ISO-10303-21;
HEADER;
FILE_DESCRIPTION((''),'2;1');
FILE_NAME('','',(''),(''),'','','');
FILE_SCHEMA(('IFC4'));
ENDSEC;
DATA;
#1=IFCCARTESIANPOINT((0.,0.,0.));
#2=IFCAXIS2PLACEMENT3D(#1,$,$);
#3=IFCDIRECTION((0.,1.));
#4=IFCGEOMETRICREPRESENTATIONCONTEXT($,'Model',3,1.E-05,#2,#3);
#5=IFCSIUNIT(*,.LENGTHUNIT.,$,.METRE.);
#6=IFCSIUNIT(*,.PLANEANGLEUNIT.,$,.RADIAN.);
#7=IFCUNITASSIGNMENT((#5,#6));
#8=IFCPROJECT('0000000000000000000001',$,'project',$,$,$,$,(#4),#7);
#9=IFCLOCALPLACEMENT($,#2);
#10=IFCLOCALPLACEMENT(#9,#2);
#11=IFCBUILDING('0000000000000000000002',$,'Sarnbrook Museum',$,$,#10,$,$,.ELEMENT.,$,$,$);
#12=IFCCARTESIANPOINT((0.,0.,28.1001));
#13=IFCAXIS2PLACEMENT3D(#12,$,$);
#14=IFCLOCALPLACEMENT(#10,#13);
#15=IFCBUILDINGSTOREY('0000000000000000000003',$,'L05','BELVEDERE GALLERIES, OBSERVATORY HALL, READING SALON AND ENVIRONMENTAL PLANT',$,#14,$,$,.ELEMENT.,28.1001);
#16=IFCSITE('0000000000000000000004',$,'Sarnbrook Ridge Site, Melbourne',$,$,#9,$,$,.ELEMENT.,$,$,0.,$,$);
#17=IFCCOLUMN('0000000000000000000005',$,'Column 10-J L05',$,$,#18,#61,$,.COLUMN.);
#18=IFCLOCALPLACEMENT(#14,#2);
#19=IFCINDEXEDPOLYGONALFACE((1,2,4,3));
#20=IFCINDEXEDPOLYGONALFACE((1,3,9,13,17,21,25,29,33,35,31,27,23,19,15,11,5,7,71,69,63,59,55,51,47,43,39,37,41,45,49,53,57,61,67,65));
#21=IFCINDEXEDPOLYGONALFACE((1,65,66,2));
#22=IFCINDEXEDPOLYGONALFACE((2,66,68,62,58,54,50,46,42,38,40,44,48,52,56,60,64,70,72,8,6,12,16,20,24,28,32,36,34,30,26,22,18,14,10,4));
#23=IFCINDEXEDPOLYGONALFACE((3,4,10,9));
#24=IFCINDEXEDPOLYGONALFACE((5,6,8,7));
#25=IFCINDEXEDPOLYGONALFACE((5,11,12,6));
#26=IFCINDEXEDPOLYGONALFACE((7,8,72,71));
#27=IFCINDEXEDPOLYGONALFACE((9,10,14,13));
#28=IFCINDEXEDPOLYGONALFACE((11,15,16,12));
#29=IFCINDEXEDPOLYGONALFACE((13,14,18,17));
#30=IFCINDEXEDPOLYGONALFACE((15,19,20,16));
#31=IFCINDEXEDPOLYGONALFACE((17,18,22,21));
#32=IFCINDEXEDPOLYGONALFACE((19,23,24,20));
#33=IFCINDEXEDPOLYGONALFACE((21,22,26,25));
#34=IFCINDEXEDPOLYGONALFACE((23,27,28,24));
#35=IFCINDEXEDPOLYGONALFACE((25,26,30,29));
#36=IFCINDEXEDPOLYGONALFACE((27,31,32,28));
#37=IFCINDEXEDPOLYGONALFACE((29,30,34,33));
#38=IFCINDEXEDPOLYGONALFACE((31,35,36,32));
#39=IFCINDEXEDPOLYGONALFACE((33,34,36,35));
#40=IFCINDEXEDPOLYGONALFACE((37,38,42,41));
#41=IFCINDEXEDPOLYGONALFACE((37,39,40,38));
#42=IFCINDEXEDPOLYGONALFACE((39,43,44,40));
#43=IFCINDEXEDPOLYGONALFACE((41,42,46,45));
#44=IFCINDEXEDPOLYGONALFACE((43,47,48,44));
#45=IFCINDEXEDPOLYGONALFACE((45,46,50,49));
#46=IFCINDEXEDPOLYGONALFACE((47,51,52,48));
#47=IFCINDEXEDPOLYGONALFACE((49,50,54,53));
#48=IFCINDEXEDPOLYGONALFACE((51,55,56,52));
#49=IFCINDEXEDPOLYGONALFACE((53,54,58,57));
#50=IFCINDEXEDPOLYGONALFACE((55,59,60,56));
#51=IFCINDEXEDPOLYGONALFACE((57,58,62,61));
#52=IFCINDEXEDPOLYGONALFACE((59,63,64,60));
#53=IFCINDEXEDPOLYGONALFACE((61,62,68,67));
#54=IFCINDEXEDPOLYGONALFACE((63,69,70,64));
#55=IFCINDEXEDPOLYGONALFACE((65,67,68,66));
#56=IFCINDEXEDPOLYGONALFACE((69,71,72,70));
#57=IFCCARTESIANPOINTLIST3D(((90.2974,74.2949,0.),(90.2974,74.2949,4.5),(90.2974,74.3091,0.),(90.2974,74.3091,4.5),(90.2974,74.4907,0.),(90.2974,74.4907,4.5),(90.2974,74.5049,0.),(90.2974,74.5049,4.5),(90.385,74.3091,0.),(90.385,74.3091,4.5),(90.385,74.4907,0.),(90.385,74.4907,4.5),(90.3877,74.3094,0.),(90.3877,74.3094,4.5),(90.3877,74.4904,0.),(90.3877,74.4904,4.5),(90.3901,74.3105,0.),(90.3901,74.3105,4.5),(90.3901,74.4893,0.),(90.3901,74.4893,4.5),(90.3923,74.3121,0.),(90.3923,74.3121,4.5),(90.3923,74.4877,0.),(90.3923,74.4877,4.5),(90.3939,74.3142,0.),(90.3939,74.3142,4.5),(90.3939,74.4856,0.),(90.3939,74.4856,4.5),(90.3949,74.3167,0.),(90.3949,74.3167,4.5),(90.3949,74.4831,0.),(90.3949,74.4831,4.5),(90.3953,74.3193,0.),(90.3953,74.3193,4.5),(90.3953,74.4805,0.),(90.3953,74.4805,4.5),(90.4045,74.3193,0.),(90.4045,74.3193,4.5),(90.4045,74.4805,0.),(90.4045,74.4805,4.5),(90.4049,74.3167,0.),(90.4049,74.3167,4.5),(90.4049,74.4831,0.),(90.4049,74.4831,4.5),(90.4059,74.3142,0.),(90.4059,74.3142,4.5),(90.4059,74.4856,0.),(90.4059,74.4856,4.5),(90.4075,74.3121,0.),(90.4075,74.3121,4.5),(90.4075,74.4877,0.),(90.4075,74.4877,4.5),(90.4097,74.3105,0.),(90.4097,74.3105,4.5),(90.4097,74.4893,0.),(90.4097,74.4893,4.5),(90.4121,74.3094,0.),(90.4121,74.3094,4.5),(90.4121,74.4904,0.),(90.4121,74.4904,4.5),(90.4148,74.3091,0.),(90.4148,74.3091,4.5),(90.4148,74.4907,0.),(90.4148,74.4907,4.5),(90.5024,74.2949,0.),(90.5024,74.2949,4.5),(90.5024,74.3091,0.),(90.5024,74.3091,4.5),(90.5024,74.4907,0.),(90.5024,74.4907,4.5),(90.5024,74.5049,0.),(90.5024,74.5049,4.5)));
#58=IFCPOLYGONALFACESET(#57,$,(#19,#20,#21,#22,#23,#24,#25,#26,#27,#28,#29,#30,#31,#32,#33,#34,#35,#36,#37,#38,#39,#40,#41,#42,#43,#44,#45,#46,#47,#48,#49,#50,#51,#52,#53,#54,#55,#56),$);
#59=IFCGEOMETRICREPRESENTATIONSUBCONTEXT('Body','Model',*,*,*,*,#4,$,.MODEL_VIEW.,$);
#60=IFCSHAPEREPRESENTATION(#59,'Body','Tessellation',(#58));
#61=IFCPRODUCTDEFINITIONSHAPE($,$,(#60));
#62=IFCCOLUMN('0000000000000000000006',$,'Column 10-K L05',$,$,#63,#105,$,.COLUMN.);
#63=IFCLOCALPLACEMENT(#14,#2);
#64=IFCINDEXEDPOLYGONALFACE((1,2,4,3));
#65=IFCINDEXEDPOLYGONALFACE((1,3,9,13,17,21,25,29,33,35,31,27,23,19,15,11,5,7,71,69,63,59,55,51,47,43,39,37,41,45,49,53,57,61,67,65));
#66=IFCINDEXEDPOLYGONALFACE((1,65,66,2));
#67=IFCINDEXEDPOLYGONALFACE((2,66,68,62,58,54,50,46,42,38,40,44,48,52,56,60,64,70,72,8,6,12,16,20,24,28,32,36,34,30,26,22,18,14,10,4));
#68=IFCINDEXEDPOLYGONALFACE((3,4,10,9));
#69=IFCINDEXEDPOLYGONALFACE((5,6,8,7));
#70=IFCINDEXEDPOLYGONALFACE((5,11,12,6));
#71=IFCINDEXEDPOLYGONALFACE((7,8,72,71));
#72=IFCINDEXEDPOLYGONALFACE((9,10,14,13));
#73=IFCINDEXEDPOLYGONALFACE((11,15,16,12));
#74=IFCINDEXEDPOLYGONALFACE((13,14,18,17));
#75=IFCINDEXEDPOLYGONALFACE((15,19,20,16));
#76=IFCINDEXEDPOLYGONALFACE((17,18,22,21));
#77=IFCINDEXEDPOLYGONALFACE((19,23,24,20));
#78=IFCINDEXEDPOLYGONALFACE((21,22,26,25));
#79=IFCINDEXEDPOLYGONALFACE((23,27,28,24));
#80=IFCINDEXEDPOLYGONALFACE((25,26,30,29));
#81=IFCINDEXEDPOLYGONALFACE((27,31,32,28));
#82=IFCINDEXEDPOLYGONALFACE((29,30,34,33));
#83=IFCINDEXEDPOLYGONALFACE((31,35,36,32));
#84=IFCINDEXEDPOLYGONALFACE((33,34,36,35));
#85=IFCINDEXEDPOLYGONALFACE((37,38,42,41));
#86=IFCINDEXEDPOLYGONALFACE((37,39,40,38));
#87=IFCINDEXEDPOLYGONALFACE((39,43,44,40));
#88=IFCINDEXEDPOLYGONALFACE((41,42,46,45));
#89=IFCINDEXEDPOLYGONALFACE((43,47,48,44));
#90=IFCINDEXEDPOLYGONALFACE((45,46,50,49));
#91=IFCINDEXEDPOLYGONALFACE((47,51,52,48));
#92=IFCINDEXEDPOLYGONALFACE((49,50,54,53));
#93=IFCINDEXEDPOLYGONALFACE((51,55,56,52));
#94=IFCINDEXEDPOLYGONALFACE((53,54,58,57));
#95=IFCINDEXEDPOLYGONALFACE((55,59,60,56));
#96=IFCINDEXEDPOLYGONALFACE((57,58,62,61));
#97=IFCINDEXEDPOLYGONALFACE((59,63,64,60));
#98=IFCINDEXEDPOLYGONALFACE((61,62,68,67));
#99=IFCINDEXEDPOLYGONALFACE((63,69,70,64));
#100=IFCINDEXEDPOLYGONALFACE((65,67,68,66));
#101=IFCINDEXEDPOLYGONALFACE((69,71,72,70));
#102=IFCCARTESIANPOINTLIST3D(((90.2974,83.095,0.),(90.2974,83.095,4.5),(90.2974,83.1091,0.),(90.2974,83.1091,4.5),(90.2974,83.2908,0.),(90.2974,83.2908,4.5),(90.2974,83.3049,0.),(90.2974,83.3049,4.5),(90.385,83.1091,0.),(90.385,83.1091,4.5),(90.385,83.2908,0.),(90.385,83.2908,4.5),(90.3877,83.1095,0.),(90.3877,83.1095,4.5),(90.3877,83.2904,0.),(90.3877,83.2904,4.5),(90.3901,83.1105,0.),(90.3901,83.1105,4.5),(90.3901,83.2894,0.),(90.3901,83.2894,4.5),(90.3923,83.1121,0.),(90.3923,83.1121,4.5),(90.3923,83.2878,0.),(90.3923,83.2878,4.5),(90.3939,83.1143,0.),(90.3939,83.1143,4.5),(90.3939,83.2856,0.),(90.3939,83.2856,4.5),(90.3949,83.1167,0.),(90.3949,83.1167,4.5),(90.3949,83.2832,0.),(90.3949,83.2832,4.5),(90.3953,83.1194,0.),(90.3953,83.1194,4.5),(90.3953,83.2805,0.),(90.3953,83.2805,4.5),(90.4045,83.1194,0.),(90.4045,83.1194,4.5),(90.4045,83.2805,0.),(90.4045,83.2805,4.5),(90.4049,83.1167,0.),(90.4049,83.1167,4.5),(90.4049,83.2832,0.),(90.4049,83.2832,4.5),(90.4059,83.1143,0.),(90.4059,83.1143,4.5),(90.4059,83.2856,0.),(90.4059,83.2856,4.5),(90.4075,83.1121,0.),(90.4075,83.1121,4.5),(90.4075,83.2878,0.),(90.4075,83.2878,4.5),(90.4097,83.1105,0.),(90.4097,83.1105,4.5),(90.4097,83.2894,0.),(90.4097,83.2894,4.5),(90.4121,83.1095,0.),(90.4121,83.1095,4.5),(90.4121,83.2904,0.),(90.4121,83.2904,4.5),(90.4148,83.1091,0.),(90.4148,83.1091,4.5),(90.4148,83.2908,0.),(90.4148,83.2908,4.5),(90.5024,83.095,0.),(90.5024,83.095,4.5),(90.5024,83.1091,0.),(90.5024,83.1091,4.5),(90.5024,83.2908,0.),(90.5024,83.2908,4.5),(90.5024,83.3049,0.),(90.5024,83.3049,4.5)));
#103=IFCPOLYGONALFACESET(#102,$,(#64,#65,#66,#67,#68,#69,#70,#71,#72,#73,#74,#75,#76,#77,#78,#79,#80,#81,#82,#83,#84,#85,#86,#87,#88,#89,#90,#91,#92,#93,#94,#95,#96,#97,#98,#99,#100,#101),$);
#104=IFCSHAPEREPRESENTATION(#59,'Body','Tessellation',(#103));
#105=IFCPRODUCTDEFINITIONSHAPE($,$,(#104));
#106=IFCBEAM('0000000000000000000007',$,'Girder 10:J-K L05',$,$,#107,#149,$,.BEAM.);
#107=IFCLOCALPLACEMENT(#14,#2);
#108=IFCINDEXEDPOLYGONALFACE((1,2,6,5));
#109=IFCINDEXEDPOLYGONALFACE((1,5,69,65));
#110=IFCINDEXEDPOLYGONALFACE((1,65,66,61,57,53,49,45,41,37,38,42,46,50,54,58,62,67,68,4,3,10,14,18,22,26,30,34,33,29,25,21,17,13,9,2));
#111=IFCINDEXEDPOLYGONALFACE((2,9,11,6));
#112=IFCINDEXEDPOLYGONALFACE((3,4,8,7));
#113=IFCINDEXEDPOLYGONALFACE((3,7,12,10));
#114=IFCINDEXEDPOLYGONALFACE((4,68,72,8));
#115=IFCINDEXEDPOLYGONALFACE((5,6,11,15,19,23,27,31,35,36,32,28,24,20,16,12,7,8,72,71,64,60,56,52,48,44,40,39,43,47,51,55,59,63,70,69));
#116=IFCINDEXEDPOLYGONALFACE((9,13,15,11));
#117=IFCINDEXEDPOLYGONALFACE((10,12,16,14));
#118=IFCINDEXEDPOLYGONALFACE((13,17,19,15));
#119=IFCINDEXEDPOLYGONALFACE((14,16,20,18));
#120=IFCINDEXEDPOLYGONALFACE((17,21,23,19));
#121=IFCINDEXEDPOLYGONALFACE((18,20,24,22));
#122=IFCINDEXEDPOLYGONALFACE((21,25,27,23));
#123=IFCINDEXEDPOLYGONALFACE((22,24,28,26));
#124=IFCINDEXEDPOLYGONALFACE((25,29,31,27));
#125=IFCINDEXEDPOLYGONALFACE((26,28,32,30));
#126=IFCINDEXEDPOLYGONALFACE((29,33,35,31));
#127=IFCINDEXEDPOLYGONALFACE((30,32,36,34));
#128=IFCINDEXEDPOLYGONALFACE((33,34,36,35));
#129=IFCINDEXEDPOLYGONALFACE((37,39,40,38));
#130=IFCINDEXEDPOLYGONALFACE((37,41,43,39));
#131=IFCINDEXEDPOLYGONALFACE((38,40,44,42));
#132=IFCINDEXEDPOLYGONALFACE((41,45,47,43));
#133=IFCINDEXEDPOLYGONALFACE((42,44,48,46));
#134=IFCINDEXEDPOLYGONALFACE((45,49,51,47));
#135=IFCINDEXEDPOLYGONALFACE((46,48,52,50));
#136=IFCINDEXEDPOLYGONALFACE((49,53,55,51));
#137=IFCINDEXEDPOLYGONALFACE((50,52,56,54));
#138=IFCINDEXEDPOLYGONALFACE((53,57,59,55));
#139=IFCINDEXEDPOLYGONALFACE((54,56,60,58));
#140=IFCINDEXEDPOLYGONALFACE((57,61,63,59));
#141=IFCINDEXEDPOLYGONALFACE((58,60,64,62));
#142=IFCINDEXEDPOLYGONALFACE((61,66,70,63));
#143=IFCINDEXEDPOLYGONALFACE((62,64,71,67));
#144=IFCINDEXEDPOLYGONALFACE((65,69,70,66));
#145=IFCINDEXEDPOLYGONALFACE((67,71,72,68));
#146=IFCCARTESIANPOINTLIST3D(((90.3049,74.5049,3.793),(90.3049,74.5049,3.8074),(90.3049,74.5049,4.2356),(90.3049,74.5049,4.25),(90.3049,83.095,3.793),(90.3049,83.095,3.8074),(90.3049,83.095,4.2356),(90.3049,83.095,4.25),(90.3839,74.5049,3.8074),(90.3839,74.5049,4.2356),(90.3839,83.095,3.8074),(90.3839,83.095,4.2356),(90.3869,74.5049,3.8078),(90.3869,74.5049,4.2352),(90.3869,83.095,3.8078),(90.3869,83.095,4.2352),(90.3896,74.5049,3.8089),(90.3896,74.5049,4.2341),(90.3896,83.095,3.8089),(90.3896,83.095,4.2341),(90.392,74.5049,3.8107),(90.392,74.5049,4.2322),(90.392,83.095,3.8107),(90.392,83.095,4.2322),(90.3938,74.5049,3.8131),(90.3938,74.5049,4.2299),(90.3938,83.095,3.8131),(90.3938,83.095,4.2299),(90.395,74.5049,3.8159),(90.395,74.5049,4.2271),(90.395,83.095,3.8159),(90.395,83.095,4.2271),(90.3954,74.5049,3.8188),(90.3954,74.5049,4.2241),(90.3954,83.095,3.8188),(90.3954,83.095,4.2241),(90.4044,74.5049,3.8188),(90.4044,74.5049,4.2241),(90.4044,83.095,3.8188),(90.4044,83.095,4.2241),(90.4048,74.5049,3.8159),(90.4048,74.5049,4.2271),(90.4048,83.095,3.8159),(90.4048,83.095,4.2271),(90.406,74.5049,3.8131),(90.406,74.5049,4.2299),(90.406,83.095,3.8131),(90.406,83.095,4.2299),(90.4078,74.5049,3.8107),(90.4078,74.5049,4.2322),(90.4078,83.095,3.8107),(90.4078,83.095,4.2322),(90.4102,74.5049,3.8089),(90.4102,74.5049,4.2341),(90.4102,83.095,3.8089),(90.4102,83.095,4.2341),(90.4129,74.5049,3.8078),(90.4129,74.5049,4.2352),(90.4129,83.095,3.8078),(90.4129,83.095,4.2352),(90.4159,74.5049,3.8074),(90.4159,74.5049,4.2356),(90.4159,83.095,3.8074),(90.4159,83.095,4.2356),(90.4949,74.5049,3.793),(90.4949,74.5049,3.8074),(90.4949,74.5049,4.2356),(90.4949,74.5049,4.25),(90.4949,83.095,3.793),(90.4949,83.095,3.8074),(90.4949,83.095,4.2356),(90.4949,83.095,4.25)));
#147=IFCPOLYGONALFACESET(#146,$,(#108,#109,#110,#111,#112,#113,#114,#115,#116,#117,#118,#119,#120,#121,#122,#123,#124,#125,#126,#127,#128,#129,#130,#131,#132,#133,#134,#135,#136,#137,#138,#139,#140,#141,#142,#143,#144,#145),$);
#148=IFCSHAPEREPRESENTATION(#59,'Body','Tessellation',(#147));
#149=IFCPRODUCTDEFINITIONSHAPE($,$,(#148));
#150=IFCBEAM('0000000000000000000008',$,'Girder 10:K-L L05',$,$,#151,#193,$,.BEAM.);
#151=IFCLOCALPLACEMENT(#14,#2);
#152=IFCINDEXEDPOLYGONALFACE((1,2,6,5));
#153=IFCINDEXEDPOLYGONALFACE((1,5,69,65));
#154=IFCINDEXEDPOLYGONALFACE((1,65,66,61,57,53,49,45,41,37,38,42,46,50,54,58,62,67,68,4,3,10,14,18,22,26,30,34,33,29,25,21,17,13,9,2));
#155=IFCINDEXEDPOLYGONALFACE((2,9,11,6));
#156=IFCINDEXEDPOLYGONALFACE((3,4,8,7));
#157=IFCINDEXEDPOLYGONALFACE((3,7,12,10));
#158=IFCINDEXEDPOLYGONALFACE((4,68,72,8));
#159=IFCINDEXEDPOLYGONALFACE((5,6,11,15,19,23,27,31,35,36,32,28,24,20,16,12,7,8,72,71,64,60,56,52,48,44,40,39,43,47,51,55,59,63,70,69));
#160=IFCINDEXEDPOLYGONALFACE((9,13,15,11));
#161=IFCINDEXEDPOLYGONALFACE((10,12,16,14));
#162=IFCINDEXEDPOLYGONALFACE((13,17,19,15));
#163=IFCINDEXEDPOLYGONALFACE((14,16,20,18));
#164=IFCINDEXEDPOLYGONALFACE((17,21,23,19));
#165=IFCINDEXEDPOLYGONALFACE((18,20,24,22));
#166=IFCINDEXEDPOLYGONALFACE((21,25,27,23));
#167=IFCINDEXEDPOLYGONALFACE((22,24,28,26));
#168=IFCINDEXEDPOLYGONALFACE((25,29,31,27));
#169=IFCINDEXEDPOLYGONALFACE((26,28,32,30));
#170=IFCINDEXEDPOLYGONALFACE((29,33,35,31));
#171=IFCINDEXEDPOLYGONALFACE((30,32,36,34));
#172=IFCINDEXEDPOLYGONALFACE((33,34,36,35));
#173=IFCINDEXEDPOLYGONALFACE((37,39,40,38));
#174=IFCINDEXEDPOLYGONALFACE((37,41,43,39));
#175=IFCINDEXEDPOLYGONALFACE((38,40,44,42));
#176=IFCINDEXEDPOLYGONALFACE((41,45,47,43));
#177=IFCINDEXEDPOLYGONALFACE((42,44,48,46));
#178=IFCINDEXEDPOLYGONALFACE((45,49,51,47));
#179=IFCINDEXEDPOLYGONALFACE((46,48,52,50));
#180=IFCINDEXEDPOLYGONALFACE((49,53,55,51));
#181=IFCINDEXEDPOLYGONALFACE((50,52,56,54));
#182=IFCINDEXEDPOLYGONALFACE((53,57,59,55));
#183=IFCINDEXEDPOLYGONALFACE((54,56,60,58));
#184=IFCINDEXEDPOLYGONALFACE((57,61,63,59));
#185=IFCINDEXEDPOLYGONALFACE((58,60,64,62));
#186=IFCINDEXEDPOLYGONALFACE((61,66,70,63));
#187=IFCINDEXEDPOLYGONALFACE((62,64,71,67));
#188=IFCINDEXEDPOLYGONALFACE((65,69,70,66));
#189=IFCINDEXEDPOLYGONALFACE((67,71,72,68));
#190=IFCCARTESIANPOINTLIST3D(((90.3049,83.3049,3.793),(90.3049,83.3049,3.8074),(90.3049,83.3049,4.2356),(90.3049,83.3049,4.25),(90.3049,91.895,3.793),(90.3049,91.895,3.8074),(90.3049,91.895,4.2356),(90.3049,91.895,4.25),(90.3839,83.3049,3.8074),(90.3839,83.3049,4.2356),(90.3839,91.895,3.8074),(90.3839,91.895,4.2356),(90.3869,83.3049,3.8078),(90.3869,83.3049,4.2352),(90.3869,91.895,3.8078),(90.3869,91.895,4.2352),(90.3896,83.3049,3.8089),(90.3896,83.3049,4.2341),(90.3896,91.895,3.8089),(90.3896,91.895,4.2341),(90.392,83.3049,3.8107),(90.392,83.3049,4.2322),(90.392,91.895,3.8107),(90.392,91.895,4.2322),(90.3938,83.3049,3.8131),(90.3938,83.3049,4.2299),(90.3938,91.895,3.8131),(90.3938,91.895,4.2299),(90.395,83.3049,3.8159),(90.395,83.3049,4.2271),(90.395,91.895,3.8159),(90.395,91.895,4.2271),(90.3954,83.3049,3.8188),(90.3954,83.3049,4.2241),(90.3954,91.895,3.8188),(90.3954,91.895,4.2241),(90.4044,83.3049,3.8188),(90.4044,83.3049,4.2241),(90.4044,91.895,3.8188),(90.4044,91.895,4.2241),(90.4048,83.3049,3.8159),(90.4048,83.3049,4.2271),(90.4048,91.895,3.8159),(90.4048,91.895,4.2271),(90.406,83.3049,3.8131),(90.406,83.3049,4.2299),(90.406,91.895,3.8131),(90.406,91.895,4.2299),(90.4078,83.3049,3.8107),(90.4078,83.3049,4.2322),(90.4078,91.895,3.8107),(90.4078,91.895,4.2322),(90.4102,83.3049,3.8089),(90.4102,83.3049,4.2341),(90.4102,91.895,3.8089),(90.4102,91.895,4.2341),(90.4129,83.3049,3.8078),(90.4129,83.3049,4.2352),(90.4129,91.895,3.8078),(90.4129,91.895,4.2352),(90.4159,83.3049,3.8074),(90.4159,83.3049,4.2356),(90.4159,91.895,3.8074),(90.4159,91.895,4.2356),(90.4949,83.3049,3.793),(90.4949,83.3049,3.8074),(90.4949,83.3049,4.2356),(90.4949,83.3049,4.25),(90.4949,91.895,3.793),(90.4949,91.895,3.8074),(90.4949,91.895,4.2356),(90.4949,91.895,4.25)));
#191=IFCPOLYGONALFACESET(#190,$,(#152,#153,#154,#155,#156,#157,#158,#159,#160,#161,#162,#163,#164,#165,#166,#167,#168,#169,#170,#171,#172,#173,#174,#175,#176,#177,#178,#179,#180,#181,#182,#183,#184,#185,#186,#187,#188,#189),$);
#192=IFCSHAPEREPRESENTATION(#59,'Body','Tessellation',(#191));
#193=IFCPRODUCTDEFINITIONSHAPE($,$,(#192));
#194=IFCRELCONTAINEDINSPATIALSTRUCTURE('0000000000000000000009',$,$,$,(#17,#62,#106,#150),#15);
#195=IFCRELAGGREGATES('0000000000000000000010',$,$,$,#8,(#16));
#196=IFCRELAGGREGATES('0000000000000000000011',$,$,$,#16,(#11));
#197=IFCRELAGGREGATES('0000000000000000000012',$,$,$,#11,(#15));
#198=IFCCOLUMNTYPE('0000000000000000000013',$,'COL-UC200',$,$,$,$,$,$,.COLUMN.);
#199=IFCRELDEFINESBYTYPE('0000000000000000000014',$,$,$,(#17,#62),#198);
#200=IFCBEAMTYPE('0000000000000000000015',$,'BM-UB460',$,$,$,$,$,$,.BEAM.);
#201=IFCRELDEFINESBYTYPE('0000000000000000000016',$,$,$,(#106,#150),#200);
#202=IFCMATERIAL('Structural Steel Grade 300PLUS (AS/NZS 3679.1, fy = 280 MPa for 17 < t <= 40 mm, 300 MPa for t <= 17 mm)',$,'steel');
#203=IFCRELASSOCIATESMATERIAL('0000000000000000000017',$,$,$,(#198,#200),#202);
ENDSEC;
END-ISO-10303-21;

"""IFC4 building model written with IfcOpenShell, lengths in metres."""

from ifc_helpers import new_model, si_unit, direction, frame, origin, origin_2d, place, context, subcontext, project, spatial, i_section, extrude, material, material_profile, profile_set, type_object, element, save


model = new_model("IFC4")

# Units and contexts
model_context = context("Model", 3, precision=1e-05, world=origin(), true_north=direction((0.0, 1.0)))
body_context = subcontext(model_context, "Body", "Model", "MODEL_VIEW")
ifc_project = project(units=[si_unit("LENGTHUNIT", "METRE"), si_unit("PLANEANGLEUNIT", "RADIAN")], contexts=[model_context])

# Site, building, storey
site_placement = place(None, origin())
site = spatial("IfcSite", under=ifc_project, at=site_placement, Name="Sarnbrook Ridge Site, Melbourne", CompositionType="ELEMENT", RefElevation=0.0)
building_placement = place(site_placement, origin())
building = spatial("IfcBuilding", under=site, at=building_placement, Name="Sarnbrook Museum", CompositionType="ELEMENT")
storey_placement = place(building_placement, frame((0.0, 0.0, 28.1001)))
storey = spatial("IfcBuildingStorey", under=building, at=storey_placement, Name="L05", Description="BELVEDERE GALLERIES, OBSERVATORY HALL, READING SALON AND ENVIRONMENTAL PLANT", CompositionType="ELEMENT", Elevation=28.1001)

# Columns
ifc_material_1 = material(Name="Structural Steel Grade 300PLUS (AS/NZS 3679.1, fy = 280 MPa for 17 < t <= 40 mm, 300 MPa for t <= 17 mm)", Category="steel")
ifc_material_profile_1 = material_profile(ifc_material_1, i_section(OverallWidth=0.2051, OverallDepth=0.21, WebThickness=0.0093, FlangeThickness=0.0142, FilletRadius=0.0103, at=origin_2d()), Name="200UC59.5")
ifc_profile_set_1 = profile_set([ifc_material_profile_1], Name="Structural Steel Grade 300PLUS (AS/NZS 3679.1, fy = 280 MPa for 17 < t <= 40 mm, 300 MPa for t <= 17 mm)")
column_type = type_object("IfcColumnType", Name="COL-UC200", PredefinedType="COLUMN", material=ifc_profile_set_1)
for number, where, z_axis, x_axis, name in (
    (1, (90.3999, 74.3999, 0.0), (0.0, 0.0, 1.0), (1.0, 0.0, 0.0), "Column 10-J L05"),
    (2, (90.3999, 83.2, 0.0), (0.0, 0.0, 1.0), (1.0, 0.0, 0.0), "Column 10-K L05"),
):
    element("IfcColumn", number, at=place(storey_placement, frame(where, z_axis=z_axis, x_axis=x_axis)), inside=storey, type_object=column_type, Name=name, PredefinedType="COLUMN", context=body_context, shape_type="SweptSolid", body=[
        extrude(i_section(OverallWidth=0.2051, OverallDepth=0.21, WebThickness=0.0093, FlangeThickness=0.0142, FilletRadius=0.0103, at=origin_2d()), origin(), (0.0, 0.0, 1.0), 4.5),
    ])

# Beams
ifc_material_profile_2 = material_profile(ifc_material_1, i_section(OverallWidth=0.1899, OverallDepth=0.457, WebThickness=0.009, FlangeThickness=0.0144, FilletRadius=0.0115, at=origin_2d()), Name="460UB74.6")
ifc_profile_set_2 = profile_set([ifc_material_profile_2], Name="Structural Steel Grade 300PLUS (AS/NZS 3679.1, fy = 280 MPa for 17 < t <= 40 mm, 300 MPa for t <= 17 mm)")
beam_type_1 = type_object("IfcBeamType", Name="BM-UB460", PredefinedType="BEAM", material=ifc_profile_set_2)
for number, where, z_axis, x_axis, name in (
    (3, (90.3999, 74.5049, 4.0215), (0.0, 1.0, 0.0), (-1.0, 0.0, 0.0), "Girder 10:J-K L05"),
    (4, (90.3999, 83.3049, 4.0215), (0.0, 1.0, 0.0), (-1.0, 0.0, 0.0), "Girder 10:K-L L05"),
):
    element("IfcBeam", number, at=place(storey_placement, frame(where, z_axis=z_axis, x_axis=x_axis)), inside=storey, type_object=beam_type_1, Name=name, PredefinedType="BEAM", context=body_context, shape_type="SweptSolid", body=[
        extrude(i_section(OverallWidth=0.1899, OverallDepth=0.457, WebThickness=0.009, FlangeThickness=0.0144, FilletRadius=0.0115, at=origin_2d()), origin(), (0.0, 0.0, 1.0), 8.5901),
    ])

save(model, "model.ifc")
